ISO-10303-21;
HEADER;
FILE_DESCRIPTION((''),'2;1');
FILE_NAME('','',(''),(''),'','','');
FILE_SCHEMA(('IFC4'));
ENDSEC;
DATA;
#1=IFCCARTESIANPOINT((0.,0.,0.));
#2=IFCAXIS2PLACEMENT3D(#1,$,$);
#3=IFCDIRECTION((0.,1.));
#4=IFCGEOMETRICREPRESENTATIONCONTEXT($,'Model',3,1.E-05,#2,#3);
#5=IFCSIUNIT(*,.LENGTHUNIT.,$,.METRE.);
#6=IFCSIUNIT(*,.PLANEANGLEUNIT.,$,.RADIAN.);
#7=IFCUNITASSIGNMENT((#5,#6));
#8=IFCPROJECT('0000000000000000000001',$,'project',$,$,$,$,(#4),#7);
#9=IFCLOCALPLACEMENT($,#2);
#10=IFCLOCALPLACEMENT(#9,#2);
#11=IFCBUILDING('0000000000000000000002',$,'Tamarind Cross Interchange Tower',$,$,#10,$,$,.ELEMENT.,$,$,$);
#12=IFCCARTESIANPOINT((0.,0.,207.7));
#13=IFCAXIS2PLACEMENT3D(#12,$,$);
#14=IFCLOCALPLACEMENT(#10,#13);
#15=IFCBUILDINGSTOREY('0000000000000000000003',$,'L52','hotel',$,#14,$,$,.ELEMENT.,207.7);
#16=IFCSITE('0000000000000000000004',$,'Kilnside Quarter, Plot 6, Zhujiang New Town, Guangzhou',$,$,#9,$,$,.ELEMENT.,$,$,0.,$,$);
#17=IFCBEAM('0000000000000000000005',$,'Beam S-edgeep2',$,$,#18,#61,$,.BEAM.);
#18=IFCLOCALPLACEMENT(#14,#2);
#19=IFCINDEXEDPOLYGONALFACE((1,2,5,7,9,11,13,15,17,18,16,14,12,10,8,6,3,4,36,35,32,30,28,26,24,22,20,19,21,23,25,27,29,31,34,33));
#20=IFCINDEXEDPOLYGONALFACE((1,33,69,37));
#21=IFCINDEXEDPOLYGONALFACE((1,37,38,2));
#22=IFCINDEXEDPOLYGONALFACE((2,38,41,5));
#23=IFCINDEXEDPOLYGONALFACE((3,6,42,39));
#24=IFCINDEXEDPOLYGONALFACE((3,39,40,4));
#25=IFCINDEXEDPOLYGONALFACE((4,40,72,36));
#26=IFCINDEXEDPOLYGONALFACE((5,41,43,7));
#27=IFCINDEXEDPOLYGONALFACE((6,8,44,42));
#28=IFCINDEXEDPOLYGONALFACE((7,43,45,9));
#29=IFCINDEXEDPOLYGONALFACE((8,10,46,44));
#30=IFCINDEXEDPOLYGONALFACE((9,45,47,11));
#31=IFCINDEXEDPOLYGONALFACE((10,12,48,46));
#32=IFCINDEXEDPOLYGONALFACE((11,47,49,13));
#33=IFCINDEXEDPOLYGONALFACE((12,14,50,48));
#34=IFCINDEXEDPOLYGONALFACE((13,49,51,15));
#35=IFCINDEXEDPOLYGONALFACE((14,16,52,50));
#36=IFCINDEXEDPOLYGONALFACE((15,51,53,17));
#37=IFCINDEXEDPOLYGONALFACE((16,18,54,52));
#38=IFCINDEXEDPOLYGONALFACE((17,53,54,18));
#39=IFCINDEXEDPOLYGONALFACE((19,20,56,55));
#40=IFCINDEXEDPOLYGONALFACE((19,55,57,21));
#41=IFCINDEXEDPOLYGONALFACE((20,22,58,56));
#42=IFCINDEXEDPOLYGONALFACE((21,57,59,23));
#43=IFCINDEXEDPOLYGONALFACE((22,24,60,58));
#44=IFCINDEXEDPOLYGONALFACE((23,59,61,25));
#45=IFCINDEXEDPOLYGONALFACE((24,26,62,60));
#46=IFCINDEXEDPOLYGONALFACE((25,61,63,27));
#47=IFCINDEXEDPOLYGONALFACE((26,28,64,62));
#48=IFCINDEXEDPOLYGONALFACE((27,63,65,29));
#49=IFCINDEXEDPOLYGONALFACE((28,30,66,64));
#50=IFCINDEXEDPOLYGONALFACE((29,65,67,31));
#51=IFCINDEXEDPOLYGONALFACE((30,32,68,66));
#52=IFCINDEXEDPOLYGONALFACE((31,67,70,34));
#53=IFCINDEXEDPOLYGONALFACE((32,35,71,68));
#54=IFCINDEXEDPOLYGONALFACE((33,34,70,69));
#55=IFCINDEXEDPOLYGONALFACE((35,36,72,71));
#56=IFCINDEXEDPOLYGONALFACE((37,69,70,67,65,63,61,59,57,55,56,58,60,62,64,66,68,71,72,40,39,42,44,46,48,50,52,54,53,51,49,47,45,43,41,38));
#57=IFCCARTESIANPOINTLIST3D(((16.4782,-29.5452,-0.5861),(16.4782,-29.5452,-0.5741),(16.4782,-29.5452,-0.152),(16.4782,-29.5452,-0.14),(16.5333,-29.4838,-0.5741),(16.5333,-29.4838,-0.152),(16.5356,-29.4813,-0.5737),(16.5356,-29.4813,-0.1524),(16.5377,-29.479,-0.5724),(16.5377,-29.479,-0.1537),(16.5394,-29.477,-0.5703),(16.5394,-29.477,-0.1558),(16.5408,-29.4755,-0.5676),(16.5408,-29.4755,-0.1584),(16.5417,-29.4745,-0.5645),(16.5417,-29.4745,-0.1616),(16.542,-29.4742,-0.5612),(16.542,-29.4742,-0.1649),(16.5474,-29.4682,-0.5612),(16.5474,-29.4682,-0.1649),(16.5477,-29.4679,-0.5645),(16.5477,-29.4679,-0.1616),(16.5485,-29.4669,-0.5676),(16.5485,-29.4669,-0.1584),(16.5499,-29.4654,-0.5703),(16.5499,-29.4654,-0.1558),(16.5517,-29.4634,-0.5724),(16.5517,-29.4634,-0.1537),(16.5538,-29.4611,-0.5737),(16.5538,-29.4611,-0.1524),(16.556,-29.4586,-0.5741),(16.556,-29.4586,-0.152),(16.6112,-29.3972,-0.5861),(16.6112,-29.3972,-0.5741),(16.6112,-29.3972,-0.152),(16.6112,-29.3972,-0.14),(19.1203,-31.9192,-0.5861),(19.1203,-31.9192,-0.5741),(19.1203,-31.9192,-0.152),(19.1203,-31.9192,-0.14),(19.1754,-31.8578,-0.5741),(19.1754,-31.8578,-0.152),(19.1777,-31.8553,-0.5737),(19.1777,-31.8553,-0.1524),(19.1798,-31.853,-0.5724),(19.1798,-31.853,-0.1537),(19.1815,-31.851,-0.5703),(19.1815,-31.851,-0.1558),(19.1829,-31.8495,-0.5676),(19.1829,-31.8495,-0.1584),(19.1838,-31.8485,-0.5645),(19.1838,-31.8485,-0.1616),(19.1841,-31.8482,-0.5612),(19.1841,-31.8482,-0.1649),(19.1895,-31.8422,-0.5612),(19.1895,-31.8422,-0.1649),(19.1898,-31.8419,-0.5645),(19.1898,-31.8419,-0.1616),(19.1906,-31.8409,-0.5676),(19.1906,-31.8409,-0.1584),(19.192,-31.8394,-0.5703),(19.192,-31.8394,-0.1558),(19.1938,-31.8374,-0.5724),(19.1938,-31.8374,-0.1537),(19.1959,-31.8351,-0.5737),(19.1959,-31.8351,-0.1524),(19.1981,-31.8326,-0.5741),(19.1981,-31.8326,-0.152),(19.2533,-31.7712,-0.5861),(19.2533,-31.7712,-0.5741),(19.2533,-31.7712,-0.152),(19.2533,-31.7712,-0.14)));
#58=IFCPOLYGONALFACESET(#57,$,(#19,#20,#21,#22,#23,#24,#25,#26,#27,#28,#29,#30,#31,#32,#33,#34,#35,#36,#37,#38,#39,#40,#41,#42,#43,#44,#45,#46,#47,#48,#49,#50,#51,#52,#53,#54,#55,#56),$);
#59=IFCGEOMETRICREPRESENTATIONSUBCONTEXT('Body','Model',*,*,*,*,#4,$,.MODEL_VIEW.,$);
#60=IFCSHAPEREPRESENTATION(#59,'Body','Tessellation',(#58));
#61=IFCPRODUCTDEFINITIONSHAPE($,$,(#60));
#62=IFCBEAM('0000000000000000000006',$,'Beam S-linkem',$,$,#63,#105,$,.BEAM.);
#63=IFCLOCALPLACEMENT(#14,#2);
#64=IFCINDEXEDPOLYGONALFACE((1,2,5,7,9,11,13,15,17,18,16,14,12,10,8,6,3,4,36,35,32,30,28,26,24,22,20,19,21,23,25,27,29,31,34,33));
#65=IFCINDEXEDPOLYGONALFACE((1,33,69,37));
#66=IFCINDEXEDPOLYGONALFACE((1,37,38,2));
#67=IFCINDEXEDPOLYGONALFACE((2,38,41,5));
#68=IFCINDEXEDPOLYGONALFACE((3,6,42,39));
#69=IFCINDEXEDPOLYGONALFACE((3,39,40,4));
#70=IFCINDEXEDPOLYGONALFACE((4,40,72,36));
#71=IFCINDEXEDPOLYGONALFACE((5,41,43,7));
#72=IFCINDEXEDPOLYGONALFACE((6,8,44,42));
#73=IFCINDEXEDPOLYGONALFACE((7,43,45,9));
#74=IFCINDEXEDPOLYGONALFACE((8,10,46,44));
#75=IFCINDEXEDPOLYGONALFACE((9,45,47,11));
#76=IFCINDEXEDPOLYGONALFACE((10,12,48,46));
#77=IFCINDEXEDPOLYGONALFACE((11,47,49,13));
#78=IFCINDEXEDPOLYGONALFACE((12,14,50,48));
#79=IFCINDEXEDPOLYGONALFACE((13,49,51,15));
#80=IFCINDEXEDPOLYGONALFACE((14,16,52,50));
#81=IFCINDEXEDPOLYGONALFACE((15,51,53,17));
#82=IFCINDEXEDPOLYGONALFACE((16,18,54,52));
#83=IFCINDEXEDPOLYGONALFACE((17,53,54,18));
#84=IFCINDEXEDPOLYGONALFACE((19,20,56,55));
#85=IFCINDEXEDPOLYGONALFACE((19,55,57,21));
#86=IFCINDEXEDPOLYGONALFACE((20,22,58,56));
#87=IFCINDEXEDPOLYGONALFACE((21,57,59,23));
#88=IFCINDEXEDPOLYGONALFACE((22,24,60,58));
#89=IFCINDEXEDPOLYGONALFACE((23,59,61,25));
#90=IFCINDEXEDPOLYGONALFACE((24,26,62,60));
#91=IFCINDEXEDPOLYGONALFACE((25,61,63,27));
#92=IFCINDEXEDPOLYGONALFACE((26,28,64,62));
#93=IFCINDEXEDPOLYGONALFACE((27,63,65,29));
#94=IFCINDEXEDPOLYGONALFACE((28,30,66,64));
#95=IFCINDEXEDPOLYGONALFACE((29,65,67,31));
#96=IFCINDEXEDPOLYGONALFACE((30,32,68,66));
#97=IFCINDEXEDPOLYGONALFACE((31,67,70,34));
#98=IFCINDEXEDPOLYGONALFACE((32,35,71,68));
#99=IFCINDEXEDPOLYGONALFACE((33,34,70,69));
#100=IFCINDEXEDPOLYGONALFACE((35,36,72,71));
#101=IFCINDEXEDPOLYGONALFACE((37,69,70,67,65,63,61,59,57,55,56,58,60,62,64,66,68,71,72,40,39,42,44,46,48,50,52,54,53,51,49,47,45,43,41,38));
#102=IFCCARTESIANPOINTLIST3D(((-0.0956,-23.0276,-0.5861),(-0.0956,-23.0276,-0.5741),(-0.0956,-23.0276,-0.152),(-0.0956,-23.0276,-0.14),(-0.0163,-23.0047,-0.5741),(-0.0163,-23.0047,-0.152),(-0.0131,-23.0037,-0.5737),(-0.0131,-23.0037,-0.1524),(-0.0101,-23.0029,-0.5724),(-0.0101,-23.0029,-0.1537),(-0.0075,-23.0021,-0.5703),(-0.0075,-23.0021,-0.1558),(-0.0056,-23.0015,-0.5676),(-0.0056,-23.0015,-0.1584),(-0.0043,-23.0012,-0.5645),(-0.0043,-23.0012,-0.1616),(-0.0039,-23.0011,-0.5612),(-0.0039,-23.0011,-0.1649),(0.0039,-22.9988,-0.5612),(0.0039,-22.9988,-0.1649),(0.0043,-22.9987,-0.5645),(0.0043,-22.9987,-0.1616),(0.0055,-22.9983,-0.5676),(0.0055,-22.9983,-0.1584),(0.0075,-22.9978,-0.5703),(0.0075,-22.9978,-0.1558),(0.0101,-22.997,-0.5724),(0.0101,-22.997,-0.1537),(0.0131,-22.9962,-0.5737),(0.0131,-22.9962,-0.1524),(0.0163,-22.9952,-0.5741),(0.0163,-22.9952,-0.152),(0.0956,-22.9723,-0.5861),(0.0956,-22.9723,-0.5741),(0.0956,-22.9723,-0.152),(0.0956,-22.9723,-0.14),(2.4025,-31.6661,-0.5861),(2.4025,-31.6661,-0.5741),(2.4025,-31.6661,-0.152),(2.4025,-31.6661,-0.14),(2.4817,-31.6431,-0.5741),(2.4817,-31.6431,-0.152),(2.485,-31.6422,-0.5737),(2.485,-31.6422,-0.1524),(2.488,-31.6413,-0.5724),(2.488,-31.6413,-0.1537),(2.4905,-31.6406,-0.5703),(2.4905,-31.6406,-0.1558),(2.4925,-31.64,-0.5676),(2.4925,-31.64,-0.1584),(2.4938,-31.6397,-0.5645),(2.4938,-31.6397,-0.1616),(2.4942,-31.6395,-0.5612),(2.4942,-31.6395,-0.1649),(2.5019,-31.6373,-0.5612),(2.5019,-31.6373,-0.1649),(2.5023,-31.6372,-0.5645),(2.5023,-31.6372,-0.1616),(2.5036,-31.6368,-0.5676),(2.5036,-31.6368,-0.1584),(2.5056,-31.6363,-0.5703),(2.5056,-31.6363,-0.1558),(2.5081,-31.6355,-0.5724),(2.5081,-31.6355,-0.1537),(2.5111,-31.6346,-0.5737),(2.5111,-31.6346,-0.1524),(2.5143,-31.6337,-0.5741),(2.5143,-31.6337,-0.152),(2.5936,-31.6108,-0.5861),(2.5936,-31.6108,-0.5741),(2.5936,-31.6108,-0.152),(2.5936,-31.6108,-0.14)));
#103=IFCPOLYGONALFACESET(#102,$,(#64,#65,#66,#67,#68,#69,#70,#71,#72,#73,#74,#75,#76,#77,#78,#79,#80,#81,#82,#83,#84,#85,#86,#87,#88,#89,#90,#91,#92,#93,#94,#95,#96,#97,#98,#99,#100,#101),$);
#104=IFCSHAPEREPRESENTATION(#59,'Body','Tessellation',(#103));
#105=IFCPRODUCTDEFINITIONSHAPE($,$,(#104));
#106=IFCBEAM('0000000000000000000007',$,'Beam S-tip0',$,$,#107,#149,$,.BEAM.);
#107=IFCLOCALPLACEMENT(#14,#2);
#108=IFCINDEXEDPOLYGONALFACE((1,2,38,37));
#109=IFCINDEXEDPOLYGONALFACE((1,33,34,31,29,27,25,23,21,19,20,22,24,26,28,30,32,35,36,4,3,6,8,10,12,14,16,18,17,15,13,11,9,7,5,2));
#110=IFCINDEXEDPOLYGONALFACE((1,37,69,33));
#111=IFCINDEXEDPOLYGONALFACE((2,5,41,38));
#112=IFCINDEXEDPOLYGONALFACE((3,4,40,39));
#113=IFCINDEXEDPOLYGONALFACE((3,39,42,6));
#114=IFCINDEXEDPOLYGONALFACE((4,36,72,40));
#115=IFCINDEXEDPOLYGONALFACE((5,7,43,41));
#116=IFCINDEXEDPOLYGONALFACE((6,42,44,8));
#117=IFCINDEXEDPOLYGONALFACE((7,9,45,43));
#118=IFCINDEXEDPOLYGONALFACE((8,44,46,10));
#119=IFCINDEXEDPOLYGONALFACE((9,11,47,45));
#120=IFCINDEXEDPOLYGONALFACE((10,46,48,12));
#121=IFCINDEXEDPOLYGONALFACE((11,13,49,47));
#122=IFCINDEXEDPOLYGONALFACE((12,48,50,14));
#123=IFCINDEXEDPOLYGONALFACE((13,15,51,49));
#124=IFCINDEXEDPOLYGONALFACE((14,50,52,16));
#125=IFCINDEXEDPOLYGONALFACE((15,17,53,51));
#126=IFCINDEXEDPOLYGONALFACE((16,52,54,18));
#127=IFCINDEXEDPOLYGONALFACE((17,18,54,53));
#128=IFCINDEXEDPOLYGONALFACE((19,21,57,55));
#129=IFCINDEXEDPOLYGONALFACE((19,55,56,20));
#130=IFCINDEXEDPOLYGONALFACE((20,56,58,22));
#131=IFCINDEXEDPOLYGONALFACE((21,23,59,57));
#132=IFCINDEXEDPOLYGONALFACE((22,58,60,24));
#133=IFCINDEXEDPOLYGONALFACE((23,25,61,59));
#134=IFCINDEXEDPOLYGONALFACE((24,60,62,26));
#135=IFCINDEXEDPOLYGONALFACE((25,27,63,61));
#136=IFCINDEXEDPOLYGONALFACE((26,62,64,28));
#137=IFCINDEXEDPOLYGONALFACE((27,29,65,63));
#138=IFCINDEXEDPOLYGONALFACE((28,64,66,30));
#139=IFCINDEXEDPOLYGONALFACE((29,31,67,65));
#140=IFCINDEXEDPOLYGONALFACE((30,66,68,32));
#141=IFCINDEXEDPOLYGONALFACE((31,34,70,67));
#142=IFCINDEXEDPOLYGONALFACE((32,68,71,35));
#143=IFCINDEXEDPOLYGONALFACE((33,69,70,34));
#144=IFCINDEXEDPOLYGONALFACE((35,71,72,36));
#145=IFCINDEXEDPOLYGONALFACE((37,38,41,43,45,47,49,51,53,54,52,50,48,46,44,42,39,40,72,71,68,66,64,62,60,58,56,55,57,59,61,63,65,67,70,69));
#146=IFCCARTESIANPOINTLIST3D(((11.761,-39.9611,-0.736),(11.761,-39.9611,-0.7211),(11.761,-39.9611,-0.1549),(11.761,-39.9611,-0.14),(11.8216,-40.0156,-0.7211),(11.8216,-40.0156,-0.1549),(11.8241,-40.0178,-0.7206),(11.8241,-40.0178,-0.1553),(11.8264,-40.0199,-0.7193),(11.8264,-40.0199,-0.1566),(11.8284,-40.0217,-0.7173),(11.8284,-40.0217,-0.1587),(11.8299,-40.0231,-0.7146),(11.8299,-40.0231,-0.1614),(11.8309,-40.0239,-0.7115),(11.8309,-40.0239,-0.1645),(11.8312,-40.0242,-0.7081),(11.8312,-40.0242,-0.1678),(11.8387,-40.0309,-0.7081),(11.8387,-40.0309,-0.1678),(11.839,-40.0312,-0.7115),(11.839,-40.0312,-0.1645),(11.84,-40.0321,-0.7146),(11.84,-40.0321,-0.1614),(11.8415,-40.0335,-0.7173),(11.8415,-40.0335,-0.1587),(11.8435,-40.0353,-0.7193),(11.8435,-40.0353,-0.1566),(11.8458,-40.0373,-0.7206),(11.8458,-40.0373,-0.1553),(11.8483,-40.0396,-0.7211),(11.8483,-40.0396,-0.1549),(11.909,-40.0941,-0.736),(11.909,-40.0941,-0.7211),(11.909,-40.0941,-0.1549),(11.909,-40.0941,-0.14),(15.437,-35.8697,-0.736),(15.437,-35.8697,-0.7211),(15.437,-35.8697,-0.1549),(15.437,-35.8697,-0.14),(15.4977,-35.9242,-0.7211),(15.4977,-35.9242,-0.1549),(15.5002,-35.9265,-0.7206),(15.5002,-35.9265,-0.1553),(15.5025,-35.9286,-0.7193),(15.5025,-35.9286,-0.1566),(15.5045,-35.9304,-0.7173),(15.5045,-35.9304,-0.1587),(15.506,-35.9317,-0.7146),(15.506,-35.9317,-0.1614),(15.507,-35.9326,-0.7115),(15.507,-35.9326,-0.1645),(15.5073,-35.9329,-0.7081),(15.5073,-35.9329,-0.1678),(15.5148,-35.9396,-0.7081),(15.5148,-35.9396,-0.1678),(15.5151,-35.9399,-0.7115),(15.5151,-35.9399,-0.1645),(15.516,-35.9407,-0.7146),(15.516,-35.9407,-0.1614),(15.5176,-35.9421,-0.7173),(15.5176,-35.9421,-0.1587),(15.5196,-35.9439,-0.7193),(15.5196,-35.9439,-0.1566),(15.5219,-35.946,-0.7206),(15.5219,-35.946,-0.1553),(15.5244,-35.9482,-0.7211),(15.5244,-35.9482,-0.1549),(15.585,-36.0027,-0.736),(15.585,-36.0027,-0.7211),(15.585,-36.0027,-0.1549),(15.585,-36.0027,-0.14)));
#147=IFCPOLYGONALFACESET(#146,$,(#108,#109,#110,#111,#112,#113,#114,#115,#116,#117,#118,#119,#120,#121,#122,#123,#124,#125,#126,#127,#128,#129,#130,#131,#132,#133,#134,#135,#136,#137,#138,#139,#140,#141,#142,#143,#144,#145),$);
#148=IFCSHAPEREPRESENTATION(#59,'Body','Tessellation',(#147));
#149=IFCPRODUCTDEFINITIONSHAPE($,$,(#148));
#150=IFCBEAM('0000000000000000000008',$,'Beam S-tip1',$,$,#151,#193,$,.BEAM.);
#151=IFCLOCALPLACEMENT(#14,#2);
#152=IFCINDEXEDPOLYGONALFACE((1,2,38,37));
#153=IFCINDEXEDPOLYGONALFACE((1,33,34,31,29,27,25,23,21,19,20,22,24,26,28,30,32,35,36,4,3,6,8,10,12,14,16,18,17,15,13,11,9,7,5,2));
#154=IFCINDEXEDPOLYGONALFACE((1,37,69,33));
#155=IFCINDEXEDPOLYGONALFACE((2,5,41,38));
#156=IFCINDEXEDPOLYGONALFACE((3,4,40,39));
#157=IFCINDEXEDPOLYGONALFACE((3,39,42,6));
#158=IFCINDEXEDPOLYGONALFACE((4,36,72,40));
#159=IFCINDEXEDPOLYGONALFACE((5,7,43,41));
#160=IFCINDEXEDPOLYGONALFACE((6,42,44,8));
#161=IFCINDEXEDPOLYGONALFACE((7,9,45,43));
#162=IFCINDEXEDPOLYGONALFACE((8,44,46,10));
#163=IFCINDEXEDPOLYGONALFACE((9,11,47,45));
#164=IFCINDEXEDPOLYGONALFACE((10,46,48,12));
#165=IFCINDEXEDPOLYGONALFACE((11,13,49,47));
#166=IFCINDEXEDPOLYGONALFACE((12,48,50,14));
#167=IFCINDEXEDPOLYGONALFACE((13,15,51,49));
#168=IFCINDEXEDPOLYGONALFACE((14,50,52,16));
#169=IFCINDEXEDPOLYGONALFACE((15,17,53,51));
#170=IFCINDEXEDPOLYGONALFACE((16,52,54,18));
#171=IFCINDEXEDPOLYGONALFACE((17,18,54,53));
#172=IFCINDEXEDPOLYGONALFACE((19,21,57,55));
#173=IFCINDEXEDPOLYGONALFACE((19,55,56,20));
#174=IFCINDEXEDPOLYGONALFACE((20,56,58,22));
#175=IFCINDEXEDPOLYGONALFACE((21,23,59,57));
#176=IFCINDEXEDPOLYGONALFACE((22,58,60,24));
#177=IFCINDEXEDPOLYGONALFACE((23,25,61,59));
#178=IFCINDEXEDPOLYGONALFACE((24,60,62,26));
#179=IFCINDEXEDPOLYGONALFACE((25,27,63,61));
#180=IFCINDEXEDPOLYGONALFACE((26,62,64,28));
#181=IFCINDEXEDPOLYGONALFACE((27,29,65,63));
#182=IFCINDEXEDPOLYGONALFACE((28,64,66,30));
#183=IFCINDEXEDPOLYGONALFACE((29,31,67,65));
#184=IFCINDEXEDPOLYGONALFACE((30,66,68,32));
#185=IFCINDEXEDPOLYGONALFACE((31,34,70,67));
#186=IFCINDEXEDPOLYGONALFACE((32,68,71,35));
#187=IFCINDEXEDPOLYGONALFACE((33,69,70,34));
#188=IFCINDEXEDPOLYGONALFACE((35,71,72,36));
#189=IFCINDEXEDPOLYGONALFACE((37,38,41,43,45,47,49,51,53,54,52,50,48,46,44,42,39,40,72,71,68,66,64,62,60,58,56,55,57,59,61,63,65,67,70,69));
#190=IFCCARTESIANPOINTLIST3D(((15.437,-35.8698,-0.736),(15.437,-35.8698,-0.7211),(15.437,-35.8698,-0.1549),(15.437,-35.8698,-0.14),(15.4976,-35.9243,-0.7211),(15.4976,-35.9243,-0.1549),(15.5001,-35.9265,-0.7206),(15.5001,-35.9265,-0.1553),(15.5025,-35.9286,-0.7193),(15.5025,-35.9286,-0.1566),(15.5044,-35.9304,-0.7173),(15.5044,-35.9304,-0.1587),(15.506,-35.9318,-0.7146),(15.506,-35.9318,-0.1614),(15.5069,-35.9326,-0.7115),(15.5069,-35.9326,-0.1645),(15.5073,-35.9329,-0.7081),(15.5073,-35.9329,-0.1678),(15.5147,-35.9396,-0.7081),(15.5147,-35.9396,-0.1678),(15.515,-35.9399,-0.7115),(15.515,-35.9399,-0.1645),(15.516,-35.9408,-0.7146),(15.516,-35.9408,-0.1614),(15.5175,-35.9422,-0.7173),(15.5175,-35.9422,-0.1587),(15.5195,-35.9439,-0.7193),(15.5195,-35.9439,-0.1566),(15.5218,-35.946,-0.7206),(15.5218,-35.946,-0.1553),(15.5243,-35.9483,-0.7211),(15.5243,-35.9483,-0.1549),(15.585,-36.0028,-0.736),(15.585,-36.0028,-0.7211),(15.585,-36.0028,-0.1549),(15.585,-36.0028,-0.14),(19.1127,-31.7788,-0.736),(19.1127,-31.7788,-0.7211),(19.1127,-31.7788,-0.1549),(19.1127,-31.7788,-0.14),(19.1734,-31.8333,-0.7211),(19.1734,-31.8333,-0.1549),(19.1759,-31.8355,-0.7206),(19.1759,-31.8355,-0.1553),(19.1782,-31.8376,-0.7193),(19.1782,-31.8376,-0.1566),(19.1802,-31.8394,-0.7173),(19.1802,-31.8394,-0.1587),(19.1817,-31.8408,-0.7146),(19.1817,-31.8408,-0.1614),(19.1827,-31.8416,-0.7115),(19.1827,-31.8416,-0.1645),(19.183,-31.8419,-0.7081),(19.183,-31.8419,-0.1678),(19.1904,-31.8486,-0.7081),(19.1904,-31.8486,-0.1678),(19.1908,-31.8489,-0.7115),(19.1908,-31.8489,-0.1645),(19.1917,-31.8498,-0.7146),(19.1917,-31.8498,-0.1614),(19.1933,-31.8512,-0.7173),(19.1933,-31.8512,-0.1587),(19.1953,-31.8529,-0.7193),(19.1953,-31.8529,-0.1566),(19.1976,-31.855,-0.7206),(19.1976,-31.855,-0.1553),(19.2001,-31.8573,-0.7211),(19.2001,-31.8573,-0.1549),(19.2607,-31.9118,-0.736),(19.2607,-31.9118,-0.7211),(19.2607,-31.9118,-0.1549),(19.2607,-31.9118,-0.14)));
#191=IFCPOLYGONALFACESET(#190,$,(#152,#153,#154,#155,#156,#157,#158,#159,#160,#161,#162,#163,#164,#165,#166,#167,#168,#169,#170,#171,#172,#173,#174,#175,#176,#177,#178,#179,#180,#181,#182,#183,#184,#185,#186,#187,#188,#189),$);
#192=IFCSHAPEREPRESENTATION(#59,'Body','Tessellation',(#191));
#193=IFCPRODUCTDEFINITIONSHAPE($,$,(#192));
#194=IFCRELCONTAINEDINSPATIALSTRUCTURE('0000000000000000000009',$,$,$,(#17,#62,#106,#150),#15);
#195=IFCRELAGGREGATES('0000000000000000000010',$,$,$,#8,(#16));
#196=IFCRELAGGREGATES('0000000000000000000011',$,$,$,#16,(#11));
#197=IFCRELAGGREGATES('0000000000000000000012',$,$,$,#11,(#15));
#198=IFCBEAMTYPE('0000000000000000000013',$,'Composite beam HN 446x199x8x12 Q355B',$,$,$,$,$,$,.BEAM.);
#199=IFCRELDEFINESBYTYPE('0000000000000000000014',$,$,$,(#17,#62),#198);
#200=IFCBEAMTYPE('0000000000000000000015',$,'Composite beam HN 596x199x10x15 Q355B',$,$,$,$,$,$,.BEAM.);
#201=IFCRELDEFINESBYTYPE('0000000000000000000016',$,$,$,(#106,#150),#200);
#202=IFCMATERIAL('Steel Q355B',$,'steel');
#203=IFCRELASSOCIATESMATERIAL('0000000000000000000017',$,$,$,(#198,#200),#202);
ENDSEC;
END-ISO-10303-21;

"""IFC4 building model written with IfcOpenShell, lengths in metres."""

from ifc_helpers import new_model, si_unit, direction, frame, origin, origin_2d, place, context, subcontext, project, spatial, i_section, extrude, material, material_profile, profile_set, type_object, element, save


model = new_model("IFC4")

# Units and contexts
model_context = context("Model", 3, precision=1e-05, world=origin(), true_north=direction((0.0, 1.0)))
body_context = subcontext(model_context, "Body", "Model", "MODEL_VIEW")
ifc_project = project(units=[si_unit("LENGTHUNIT", "METRE"), si_unit("PLANEANGLEUNIT", "RADIAN")], contexts=[model_context])

# Site, building, storey
site_placement = place(None, origin())
site = spatial("IfcSite", under=ifc_project, at=site_placement, Name="Kilnside Quarter, Plot 6, Zhujiang New Town, Guangzhou", CompositionType="ELEMENT", RefElevation=0.0)
building_placement = place(site_placement, origin())
building = spatial("IfcBuilding", under=site, at=building_placement, Name="Tamarind Cross Interchange Tower", CompositionType="ELEMENT")
storey_placement = place(building_placement, frame((0.0, 0.0, 207.7)))
storey = spatial("IfcBuildingStorey", under=building, at=storey_placement, Name="L52", Description="hotel", CompositionType="ELEMENT", Elevation=207.7)

# Beams
ifc_material_1 = material(Name="Steel Q355B", Category="steel")
ifc_material_profile_1 = material_profile(ifc_material_1, i_section(OverallWidth=0.199, OverallDepth=0.446, WebThickness=0.0081, FlangeThickness=0.012, FilletRadius=0.0129, at=origin_2d()), Name="HN 446x199x8x12")
ifc_profile_set_1 = profile_set([ifc_material_profile_1], Name="Steel Q355B")
beam_type_1 = type_object("IfcBeamType", Name="Composite beam HN 446x199x8x12 Q355B", PredefinedType="BEAM", material=ifc_profile_set_1)
beam_1_placement = place(storey_placement, frame((19.1868, -31.8452, -0.363), z_axis=(-0.743834, 0.668365, 0.0), x_axis=(-0.668365, -0.743834, 0.0)))
element("IfcBeam", 1, at=beam_1_placement, inside=storey, type_object=beam_type_1, Name="Beam S-edgeep2", PredefinedType="BEAM", context=body_context, shape_type="SweptSolid", body=[
    extrude(i_section(OverallWidth=0.199, OverallDepth=0.446, WebThickness=0.0081, FlangeThickness=0.012, FilletRadius=0.0129, at=origin_2d()), origin(), (0.0, 0.0, 1.0), 3.552),
])
beam_2_placement = place(storey_placement, frame((2.498, -31.6384, -0.363), z_axis=(-0.277796, 0.96064, 0.0), x_axis=(-0.96064, -0.277796, 0.0)))
element("IfcBeam", 2, at=beam_2_placement, inside=storey, type_object=beam_type_1, Name="Beam S-linkem", PredefinedType="BEAM", context=body_context, shape_type="SweptSolid", body=[
    extrude(i_section(OverallWidth=0.199, OverallDepth=0.446, WebThickness=0.0081, FlangeThickness=0.012, FilletRadius=0.0129, at=origin_2d()), origin(), (0.0, 0.0, 1.0), 8.9924),
])
ifc_material_profile_2 = material_profile(ifc_material_1, i_section(OverallWidth=0.199, OverallDepth=0.5959, WebThickness=0.01, FlangeThickness=0.0149, FilletRadius=0.0129, at=origin_2d()), Name="HN 596x199x10x15")
ifc_profile_set_2 = profile_set([ifc_material_profile_2], Name="Steel Q355B")
beam_type_2 = type_object("IfcBeamType", Name="Composite beam HN 596x199x10x15 Q355B", PredefinedType="BEAM", material=ifc_profile_set_2)
beam_3_placement = place(storey_placement, frame((11.835, -40.0276, -0.438), z_axis=(0.668347, 0.74385, 0.0), x_axis=(-0.74385, 0.668347, 0.0)))
element("IfcBeam", 3, at=beam_3_placement, inside=storey, type_object=beam_type_2, Name="Beam S-tip0", PredefinedType="BEAM", context=body_context, shape_type="SweptSolid", body=[
    extrude(i_section(OverallWidth=0.199, OverallDepth=0.5959, WebThickness=0.01, FlangeThickness=0.0149, FilletRadius=0.0129, at=origin_2d()), origin(), (0.0, 0.0, 1.0), 5.5002),
])
beam_4_placement = place(storey_placement, frame((15.511, -35.9363, -0.438), z_axis=(0.668344, 0.743852, 0.0), x_axis=(-0.743852, 0.668344, 0.0)))
element("IfcBeam", 4, at=beam_4_placement, inside=storey, type_object=beam_type_2, Name="Beam S-tip1", PredefinedType="BEAM", context=body_context, shape_type="SweptSolid", body=[
    extrude(i_section(OverallWidth=0.199, OverallDepth=0.5959, WebThickness=0.01, FlangeThickness=0.0149, FilletRadius=0.0129, at=origin_2d()), origin(), (0.0, 0.0, 1.0), 5.4998),
])

save(model, "model.ifc")
